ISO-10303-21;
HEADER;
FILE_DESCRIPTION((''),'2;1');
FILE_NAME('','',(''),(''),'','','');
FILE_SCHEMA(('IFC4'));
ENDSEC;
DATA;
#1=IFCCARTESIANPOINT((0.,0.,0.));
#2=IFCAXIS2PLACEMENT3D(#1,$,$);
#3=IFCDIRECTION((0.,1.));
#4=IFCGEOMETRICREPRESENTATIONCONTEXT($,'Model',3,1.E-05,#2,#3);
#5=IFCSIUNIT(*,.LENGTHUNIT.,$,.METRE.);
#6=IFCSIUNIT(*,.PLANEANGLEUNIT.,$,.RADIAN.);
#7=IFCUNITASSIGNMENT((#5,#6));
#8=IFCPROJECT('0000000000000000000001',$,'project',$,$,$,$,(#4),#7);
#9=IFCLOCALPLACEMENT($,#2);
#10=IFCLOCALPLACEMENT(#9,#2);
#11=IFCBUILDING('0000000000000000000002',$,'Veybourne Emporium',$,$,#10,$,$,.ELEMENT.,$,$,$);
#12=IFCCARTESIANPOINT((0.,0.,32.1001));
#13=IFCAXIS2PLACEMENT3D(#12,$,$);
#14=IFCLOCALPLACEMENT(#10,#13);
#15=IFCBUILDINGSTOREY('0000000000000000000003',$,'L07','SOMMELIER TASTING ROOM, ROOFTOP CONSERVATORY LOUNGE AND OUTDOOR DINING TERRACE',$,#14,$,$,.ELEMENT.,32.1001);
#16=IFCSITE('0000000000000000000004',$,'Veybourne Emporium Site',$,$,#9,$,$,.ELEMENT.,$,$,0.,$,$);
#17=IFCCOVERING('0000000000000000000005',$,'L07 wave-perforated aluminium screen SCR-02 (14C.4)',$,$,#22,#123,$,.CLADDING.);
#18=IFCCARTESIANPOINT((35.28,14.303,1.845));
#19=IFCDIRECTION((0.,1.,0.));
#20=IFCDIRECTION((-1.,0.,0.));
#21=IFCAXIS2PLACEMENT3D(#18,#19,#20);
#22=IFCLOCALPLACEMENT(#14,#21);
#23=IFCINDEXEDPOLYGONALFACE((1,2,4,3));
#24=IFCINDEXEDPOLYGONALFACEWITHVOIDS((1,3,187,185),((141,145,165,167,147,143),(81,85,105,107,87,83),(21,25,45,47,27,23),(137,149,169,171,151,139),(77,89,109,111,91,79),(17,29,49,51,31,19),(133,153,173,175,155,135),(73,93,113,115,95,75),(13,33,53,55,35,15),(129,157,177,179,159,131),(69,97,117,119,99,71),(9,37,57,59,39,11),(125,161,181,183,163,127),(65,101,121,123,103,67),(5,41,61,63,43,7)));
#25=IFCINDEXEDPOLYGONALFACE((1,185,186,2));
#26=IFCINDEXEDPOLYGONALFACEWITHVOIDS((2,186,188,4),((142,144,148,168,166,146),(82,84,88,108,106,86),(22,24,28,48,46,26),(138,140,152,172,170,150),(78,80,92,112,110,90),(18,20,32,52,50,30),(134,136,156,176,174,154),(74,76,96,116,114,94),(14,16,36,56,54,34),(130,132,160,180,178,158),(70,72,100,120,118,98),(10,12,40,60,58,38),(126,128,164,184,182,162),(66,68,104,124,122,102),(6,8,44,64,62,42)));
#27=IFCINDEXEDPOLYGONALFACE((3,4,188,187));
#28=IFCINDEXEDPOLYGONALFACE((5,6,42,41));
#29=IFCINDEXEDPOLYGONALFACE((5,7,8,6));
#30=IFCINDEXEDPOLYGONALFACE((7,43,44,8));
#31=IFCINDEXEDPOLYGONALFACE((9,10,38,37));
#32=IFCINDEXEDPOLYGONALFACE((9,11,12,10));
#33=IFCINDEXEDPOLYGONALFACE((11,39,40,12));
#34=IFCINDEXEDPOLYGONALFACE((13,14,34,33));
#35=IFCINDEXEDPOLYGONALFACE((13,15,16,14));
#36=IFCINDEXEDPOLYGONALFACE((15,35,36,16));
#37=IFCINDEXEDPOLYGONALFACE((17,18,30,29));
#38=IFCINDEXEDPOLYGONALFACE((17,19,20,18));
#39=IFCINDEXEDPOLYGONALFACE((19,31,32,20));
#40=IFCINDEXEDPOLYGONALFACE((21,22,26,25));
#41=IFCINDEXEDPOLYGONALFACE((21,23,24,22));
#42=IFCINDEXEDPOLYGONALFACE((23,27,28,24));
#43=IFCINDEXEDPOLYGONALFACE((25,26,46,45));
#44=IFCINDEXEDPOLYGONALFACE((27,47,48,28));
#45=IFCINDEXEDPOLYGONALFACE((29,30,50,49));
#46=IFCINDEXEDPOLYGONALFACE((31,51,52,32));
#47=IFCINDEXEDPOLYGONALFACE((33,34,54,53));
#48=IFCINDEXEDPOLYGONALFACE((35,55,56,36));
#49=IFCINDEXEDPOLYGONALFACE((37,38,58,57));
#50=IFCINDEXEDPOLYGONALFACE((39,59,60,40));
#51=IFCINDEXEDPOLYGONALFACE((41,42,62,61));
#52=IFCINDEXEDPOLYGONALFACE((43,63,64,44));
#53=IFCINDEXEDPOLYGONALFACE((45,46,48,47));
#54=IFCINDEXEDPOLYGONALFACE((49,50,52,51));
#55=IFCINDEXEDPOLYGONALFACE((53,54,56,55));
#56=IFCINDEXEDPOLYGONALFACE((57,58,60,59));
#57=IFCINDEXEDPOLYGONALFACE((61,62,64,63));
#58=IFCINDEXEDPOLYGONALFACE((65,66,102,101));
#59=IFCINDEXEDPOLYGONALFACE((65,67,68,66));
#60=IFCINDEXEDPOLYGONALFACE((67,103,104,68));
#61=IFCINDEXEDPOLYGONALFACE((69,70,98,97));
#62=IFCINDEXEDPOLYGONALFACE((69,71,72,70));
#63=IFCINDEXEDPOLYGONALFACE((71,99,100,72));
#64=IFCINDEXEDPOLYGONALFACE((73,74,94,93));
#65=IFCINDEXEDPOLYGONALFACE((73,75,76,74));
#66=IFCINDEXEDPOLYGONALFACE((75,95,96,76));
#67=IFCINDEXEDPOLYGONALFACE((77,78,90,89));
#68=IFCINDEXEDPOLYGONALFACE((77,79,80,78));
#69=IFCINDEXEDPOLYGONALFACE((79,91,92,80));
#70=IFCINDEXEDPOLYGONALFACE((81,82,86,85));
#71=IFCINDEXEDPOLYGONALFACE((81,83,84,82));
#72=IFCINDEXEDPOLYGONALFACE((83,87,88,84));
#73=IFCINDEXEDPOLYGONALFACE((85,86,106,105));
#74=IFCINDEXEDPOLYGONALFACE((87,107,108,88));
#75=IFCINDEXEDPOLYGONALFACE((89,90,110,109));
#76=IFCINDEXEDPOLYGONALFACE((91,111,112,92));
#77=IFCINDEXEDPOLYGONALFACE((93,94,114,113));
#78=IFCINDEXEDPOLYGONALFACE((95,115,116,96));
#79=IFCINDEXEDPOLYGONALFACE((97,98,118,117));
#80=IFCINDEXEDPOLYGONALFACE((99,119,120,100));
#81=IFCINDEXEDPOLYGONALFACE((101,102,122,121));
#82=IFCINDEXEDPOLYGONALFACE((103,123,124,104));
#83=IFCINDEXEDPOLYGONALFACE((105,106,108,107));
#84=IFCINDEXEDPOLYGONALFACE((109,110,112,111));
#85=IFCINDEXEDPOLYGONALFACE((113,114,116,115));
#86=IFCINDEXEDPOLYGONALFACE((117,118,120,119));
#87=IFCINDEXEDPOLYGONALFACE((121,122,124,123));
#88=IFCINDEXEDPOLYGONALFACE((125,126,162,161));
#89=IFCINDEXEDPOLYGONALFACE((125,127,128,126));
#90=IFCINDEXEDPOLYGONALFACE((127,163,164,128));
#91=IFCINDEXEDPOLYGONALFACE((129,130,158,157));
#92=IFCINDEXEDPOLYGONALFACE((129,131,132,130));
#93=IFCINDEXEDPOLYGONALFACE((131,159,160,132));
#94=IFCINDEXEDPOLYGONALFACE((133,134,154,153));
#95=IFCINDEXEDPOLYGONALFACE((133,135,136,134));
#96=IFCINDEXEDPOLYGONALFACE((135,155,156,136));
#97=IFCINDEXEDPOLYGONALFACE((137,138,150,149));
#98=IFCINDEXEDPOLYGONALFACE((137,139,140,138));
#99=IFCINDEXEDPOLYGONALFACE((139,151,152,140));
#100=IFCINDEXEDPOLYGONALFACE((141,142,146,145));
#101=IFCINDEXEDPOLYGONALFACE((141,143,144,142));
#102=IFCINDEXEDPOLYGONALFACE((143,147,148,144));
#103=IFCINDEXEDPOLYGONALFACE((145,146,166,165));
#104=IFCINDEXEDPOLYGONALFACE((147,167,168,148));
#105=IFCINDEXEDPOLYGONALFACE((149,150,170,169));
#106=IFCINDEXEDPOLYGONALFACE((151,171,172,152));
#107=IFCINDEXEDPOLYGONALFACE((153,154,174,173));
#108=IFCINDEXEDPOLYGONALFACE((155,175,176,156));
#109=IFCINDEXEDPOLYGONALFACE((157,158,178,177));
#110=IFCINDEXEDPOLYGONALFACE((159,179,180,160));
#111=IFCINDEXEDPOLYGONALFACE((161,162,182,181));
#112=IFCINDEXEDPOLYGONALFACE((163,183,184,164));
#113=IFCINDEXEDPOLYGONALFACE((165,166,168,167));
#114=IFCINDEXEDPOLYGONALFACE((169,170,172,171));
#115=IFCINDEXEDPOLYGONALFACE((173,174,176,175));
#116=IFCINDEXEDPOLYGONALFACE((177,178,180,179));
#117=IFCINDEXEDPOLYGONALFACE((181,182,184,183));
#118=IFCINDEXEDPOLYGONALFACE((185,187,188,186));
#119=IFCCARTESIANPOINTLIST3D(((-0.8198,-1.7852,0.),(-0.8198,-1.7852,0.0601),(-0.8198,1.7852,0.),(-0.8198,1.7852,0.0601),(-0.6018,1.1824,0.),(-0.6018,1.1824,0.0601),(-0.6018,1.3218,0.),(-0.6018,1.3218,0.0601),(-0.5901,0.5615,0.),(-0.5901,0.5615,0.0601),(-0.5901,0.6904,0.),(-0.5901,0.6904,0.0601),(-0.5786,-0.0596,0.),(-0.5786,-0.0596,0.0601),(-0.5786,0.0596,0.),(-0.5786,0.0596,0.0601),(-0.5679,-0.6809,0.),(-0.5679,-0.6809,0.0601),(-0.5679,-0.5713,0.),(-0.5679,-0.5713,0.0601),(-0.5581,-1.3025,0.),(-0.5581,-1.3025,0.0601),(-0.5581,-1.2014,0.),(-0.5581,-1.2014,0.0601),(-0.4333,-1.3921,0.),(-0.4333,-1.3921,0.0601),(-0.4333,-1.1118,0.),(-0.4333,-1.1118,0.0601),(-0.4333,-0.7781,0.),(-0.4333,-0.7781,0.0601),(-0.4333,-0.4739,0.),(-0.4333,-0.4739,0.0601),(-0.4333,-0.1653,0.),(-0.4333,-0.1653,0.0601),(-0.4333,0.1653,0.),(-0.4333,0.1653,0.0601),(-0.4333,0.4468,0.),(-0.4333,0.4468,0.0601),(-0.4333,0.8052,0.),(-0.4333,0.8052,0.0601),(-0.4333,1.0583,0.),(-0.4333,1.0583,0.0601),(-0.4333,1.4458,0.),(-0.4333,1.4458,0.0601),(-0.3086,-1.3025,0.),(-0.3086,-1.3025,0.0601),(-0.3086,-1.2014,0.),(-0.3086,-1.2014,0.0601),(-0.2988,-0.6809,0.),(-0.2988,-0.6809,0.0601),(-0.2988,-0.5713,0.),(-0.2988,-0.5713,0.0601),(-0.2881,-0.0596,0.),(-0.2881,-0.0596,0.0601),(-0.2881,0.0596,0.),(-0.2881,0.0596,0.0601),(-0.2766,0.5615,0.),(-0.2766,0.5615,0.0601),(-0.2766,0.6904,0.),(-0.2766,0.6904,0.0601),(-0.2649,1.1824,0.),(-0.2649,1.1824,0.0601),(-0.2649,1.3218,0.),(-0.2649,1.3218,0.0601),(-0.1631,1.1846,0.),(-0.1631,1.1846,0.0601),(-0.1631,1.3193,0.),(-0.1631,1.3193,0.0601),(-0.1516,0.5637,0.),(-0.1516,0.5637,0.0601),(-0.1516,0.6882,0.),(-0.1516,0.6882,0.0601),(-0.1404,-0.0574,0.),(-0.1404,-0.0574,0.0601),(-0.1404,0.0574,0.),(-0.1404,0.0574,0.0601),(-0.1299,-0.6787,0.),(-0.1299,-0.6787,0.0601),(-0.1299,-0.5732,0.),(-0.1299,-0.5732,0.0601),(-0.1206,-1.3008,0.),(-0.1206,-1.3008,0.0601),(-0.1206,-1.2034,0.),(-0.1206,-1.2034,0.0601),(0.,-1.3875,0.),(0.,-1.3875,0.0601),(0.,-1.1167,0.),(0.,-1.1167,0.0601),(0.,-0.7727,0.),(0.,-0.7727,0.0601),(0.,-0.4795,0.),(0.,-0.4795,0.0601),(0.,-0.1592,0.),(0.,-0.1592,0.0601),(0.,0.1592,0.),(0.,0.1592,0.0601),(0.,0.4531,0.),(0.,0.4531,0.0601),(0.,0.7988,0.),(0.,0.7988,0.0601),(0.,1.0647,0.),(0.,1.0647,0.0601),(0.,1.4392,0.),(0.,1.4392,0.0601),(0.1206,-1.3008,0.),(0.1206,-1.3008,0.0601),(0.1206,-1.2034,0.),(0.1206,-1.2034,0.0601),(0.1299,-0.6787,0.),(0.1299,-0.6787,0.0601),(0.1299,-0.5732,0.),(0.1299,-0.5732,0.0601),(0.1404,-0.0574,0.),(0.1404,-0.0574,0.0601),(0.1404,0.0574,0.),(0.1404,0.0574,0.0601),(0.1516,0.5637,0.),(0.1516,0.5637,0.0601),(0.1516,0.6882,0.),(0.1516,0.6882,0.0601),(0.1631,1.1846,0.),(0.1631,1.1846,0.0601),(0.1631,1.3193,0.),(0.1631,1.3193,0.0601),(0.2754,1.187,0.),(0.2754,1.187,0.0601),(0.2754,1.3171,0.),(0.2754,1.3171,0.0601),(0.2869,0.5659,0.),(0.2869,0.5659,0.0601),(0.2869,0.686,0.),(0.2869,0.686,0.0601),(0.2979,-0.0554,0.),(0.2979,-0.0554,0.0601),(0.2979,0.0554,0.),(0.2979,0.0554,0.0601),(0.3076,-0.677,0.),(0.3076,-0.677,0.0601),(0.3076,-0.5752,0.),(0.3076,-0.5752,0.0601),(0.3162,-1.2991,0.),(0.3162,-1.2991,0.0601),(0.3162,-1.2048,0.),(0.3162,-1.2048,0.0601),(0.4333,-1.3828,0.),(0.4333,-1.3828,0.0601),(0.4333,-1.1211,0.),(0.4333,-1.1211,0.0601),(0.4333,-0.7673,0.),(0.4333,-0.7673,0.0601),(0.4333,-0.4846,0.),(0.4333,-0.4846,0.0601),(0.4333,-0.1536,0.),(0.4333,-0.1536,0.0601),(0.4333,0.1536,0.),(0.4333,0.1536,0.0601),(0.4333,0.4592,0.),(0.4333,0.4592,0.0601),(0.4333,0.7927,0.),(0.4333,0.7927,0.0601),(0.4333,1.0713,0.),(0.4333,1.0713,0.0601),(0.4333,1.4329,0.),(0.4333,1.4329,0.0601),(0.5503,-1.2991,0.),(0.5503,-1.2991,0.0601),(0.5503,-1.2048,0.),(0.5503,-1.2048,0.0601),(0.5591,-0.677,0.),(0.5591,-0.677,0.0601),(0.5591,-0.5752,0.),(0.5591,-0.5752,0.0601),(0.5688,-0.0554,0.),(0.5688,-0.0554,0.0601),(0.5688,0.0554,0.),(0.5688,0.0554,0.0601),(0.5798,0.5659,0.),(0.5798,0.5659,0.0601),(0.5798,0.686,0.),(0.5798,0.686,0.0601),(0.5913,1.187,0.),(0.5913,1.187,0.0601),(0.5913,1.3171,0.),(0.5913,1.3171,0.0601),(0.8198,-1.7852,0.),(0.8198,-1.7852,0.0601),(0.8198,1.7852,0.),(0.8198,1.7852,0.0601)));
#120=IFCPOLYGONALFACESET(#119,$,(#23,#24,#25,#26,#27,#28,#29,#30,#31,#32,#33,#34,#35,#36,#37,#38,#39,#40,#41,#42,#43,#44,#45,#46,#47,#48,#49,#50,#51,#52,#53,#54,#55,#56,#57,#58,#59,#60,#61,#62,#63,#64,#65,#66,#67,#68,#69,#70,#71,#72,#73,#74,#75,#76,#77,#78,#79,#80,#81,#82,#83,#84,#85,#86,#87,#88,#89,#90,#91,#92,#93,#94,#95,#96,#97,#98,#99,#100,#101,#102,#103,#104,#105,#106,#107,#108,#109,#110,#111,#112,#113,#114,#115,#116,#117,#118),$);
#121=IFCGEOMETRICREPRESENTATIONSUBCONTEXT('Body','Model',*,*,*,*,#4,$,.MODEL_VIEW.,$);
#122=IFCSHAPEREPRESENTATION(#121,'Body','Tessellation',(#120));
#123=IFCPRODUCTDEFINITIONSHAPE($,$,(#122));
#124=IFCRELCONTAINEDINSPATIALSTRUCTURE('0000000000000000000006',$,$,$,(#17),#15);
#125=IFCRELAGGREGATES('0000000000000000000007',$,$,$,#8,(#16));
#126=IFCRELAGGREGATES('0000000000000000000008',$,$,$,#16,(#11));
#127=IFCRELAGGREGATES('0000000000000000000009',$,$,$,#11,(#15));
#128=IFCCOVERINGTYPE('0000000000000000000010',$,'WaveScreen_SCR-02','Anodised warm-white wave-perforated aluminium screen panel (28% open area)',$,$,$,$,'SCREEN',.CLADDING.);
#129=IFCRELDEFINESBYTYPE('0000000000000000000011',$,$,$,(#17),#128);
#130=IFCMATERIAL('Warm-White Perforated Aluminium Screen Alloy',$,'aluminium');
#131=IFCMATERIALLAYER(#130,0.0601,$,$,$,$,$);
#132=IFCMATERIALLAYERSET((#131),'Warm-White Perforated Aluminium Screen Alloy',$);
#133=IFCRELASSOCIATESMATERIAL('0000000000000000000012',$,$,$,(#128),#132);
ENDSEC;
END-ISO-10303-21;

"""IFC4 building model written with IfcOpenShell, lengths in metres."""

from ifc_helpers import new_model, si_unit, direction, frame, origin, place, context, subcontext, project, spatial, polyline, outline, extrude, material, layer, layer_set, type_object, element, save


model = new_model("IFC4")

# Units and contexts
model_context = context("Model", 3, precision=1e-05, world=origin(), true_north=direction((0.0, 1.0)))
body_context = subcontext(model_context, "Body", "Model", "MODEL_VIEW")
ifc_project = project(units=[si_unit("LENGTHUNIT", "METRE"), si_unit("PLANEANGLEUNIT", "RADIAN")], contexts=[model_context])

# Site, building, storey
site_placement = place(None, origin())
site = spatial("IfcSite", under=ifc_project, at=site_placement, Name="Veybourne Emporium Site", CompositionType="ELEMENT", RefElevation=0.0)
building_placement = place(site_placement, origin())
building = spatial("IfcBuilding", under=site, at=building_placement, Name="Veybourne Emporium", CompositionType="ELEMENT")
storey_placement = place(building_placement, frame((0.0, 0.0, 32.1001)))
storey = spatial("IfcBuildingStorey", under=building, at=storey_placement, Name="L07", Description="SOMMELIER TASTING ROOM, ROOFTOP CONSERVATORY LOUNGE AND OUTDOOR DINING TERRACE", CompositionType="ELEMENT", Elevation=32.1001)

# Covering
ifc_material_1 = material(Name="Warm-White Perforated Aluminium Screen Alloy", Category="aluminium")
ifc_layer_1 = layer(ifc_material_1, 0.0601)
ifc_layer_set_1 = layer_set([ifc_layer_1], Name="Warm-White Perforated Aluminium Screen Alloy")
covering_type_1 = type_object("IfcCoveringType", Name="WaveScreen_SCR-02", Description="Anodised warm-white wave-perforated aluminium screen panel (28% open area)", ElementType="SCREEN", PredefinedType="CLADDING", material=ifc_layer_set_1)
covering_1_placement = place(storey_placement, frame((35.28, 14.303, 1.845), z_axis=(0.0, 1.0, 0.0), x_axis=(-1.0, 0.0, 0.0)))
element("IfcCovering", 1, at=covering_1_placement, inside=storey, type_object=covering_type_1, Name="L07 wave-perforated aluminium screen SCR-02 (14C.4)", PredefinedType="CLADDING", context=body_context, shape_type="SweptSolid", body=[
    extrude(outline(polyline([(-0.8198, -1.7852), (0.8198, -1.7852), (0.8198, 1.7852), (-0.8198, 1.7852), (-0.8198, -1.7852)]), holes=[polyline([(-0.4333, -1.1118), (-0.3086, -1.2014), (-0.3086, -1.3025), (-0.4333, -1.3921), (-0.5581, -1.3025), (-0.5581, -1.2014), (-0.4333, -1.1118)]), polyline([(-0.4333, -0.4739), (-0.2988, -0.5713), (-0.2988, -0.6809), (-0.4333, -0.7781), (-0.5679, -0.6809), (-0.5679, -0.5713), (-0.4333, -0.4739)]), polyline([(-0.4333, 0.1653), (-0.2881, 0.0596), (-0.2881, -0.0596), (-0.4333, -0.1653), (-0.5786, -0.0596), (-0.5786, 0.0596), (-0.4333, 0.1653)]), polyline([(-0.4333, 0.8052), (-0.2766, 0.6904), (-0.2766, 0.5615), (-0.4333, 0.4468), (-0.5901, 0.5615), (-0.5901, 0.6904), (-0.4333, 0.8052)]), polyline([(-0.4333, 1.4458), (-0.2649, 1.3218), (-0.2649, 1.1824), (-0.4333, 1.0583), (-0.6018, 1.1824), (-0.6018, 1.3218), (-0.4333, 1.4458)]), polyline([(0.0, -1.1167), (0.1206, -1.2034), (0.1206, -1.3008), (0.0, -1.3875), (-0.1206, -1.3008), (-0.1206, -1.2034), (0.0, -1.1167)]), polyline([(0.0, -0.4795), (0.1299, -0.5732), (0.1299, -0.6787), (0.0, -0.7727), (-0.1299, -0.6787), (-0.1299, -0.5732), (0.0, -0.4795)]), polyline([(0.0, 0.1592), (0.1404, 0.0574), (0.1404, -0.0574), (0.0, -0.1592), (-0.1404, -0.0574), (-0.1404, 0.0574), (0.0, 0.1592)]), polyline([(0.0, 0.7988), (0.1516, 0.6882), (0.1516, 0.5637), (0.0, 0.4531), (-0.1516, 0.5637), (-0.1516, 0.6882), (0.0, 0.7988)]), polyline([(0.0, 1.4392), (0.1631, 1.3193), (0.1631, 1.1846), (0.0, 1.0647), (-0.1631, 1.1846), (-0.1631, 1.3193), (0.0, 1.4392)]), polyline([(0.4333, -1.1211), (0.5503, -1.2048), (0.5503, -1.2991), (0.4333, -1.3828), (0.3162, -1.2991), (0.3162, -1.2048), (0.4333, -1.1211)]), polyline([(0.4333, -0.4846), (0.5591, -0.5752), (0.5591, -0.677), (0.4333, -0.7673), (0.3076, -0.677), (0.3076, -0.5752), (0.4333, -0.4846)]), polyline([(0.4333, 0.1536), (0.5688, 0.0554), (0.5688, -0.0554), (0.4333, -0.1536), (0.2979, -0.0554), (0.2979, 0.0554), (0.4333, 0.1536)]), polyline([(0.4333, 0.7927), (0.5798, 0.686), (0.5798, 0.5659), (0.4333, 0.4592), (0.2869, 0.5659), (0.2869, 0.686), (0.4333, 0.7927)]), polyline([(0.4333, 1.4329), (0.5913, 1.3171), (0.5913, 1.187), (0.4333, 1.0713), (0.2754, 1.187), (0.2754, 1.3171), (0.4333, 1.4329)])]), origin(), (0.0, 0.0, 1.0), 0.0601),
])

save(model, "model.ifc")
